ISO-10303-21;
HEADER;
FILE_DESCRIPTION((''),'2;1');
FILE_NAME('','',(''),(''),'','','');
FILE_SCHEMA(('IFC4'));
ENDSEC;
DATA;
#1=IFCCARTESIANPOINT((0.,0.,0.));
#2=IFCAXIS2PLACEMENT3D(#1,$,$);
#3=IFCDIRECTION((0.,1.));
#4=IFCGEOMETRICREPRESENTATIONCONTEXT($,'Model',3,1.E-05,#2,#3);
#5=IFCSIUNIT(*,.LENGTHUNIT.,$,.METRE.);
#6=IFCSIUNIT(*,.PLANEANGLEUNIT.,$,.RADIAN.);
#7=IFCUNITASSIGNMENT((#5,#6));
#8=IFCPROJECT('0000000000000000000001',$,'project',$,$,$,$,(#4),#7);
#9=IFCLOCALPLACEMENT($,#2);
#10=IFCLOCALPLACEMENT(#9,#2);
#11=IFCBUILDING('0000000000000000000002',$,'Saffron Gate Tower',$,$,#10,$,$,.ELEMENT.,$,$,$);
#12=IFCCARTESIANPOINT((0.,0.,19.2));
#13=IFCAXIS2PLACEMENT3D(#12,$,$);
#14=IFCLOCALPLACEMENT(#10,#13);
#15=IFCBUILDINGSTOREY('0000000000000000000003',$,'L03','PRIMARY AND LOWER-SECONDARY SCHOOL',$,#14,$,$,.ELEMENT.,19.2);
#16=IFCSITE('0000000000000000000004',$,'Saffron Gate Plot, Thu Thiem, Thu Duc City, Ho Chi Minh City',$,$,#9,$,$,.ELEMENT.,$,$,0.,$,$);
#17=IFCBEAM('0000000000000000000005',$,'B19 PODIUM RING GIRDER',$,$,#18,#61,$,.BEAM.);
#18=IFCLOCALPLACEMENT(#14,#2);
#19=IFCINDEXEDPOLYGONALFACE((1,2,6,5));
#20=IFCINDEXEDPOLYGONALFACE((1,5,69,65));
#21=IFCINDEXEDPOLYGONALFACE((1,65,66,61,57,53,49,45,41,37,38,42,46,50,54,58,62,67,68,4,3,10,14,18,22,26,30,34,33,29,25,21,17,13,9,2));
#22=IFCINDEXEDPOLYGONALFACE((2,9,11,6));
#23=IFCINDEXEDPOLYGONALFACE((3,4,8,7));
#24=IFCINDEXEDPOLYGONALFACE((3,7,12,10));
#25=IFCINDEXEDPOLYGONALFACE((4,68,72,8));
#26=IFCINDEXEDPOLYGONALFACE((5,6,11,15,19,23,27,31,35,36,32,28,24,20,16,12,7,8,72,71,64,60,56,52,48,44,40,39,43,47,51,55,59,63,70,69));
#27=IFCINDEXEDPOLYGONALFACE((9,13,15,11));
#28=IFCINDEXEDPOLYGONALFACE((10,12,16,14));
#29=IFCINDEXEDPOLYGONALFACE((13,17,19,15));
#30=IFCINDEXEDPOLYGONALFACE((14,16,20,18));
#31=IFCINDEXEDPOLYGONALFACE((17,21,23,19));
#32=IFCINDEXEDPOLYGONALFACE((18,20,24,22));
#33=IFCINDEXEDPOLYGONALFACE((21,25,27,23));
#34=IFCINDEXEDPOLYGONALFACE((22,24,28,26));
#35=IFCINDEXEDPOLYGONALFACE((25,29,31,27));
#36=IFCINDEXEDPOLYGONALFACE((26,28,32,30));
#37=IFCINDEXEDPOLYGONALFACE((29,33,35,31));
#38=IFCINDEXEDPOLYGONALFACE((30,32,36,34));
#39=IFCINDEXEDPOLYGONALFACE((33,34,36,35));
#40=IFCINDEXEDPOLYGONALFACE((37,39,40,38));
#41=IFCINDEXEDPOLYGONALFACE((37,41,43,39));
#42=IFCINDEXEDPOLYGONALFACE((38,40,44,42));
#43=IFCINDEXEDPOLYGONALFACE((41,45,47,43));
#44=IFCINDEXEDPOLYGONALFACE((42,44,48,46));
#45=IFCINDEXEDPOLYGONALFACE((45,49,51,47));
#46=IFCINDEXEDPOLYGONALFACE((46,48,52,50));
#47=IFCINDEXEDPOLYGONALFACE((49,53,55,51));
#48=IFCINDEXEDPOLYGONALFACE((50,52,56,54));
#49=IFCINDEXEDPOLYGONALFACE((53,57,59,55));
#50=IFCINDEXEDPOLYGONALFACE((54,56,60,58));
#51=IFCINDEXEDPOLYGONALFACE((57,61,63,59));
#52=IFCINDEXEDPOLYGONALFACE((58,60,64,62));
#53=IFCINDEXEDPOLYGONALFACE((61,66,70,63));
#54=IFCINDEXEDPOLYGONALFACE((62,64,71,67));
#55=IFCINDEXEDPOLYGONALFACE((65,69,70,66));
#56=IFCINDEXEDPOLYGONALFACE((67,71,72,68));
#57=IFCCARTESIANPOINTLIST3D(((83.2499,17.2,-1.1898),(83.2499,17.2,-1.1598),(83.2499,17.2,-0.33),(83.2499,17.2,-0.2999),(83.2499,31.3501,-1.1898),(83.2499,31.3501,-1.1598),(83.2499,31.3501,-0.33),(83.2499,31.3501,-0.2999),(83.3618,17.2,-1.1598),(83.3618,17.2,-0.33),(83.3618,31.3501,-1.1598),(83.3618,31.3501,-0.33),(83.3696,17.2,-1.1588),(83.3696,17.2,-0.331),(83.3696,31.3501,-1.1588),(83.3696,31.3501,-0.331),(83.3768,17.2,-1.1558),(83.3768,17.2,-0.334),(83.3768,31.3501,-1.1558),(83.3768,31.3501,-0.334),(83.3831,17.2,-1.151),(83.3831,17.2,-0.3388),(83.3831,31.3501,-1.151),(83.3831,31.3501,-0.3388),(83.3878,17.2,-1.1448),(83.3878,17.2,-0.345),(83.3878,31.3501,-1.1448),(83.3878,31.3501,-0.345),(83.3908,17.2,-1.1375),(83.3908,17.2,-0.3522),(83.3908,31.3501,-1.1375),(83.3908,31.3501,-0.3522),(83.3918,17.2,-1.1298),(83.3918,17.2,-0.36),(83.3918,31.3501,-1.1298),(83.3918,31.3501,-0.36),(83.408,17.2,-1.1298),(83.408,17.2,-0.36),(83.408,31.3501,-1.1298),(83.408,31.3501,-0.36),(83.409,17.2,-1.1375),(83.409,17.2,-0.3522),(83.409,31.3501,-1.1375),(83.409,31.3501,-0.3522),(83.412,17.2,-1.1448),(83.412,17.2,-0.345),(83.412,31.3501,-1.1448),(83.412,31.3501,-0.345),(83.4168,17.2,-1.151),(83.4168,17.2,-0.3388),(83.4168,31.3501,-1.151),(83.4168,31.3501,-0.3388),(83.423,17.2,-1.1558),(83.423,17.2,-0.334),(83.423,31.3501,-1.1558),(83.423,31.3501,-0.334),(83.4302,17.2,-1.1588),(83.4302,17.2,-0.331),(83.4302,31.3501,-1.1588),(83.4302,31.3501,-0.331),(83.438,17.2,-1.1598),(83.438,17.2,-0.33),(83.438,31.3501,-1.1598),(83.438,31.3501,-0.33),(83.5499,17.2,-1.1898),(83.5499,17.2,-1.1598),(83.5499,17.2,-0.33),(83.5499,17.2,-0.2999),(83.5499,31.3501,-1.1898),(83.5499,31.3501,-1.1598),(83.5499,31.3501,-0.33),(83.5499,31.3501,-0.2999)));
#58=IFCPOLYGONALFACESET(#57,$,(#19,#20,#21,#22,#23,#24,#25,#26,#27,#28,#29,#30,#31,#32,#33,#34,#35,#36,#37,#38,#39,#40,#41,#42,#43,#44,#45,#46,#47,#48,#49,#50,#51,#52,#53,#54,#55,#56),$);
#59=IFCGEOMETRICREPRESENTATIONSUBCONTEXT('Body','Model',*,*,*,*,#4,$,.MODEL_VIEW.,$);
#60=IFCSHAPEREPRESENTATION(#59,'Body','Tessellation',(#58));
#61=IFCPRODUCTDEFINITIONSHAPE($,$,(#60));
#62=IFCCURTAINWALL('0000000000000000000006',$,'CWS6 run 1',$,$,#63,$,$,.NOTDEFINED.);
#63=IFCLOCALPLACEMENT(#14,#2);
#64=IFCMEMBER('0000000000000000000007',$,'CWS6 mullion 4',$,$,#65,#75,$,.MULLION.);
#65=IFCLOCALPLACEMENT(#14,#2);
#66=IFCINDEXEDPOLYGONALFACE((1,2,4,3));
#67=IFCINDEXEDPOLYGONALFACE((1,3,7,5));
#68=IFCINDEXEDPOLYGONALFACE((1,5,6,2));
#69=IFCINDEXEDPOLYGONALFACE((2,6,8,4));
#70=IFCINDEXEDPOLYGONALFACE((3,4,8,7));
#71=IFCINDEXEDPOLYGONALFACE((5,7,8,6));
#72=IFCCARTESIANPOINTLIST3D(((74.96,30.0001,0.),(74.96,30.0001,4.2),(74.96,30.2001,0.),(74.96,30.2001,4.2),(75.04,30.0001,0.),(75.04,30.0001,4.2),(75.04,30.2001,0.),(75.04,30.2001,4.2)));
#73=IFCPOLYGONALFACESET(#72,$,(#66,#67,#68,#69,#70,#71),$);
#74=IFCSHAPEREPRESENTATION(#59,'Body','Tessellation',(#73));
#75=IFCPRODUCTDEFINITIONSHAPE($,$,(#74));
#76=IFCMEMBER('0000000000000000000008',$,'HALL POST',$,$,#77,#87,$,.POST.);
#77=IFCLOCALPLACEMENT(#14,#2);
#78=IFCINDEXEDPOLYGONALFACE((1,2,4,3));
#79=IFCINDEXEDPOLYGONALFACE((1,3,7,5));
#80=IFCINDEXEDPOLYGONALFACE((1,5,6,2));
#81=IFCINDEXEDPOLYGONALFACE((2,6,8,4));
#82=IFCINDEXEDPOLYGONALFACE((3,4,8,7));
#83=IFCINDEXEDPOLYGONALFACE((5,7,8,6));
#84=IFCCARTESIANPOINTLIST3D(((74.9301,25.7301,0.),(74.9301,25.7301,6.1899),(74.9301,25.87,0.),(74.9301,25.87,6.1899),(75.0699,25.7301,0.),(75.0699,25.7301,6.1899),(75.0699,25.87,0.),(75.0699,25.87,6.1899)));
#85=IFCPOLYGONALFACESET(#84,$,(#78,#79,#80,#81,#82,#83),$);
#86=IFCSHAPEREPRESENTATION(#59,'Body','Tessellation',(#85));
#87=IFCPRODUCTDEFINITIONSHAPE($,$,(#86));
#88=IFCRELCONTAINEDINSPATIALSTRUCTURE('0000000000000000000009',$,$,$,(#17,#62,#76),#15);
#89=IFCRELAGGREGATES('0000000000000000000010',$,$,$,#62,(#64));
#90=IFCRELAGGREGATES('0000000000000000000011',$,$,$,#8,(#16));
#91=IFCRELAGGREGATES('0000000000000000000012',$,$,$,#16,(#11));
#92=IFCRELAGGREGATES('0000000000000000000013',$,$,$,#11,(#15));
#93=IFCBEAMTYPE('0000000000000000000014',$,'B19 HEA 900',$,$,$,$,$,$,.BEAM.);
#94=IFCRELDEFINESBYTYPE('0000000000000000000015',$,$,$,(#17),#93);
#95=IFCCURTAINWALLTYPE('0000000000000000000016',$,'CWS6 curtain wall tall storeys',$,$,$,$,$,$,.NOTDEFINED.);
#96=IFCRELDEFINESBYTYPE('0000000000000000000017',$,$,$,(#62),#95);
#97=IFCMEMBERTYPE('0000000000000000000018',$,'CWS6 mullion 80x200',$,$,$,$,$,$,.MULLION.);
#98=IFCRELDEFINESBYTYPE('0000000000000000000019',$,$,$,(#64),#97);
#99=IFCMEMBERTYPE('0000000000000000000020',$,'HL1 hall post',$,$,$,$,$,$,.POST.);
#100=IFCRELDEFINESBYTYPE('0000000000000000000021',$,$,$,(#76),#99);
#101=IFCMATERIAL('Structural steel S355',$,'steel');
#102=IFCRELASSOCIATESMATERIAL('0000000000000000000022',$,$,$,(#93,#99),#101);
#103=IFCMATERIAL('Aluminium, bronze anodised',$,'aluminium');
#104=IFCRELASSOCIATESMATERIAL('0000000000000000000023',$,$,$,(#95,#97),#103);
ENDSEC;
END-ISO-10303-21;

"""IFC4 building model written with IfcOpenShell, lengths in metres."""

from ifc_helpers import new_model, si_unit, direction, frame, origin, origin_2d, place, context, subcontext, project, spatial, rectangle, i_section, extrude, material, material_profile, profile_set, type_object, element, aggregate, save


model = new_model("IFC4")

# Units and contexts
model_context = context("Model", 3, precision=1e-05, world=origin(), true_north=direction((0.0, 1.0)))
body_context = subcontext(model_context, "Body", "Model", "MODEL_VIEW")
ifc_project = project(units=[si_unit("LENGTHUNIT", "METRE"), si_unit("PLANEANGLEUNIT", "RADIAN")], contexts=[model_context])

# Site, building, storey
site_placement = place(None, origin())
site = spatial("IfcSite", under=ifc_project, at=site_placement, Name="Saffron Gate Plot, Thu Thiem, Thu Duc City, Ho Chi Minh City", CompositionType="ELEMENT", RefElevation=0.0)
building_placement = place(site_placement, origin())
building = spatial("IfcBuilding", under=site, at=building_placement, Name="Saffron Gate Tower", CompositionType="ELEMENT")
storey_placement = place(building_placement, frame((0.0, 0.0, 19.2)))
storey = spatial("IfcBuildingStorey", under=building, at=storey_placement, Name="L03", Description="PRIMARY AND LOWER-SECONDARY SCHOOL", CompositionType="ELEMENT", Elevation=19.2)

# Beam
ifc_material_1 = material(Name="Structural steel S355", Category="steel")
ifc_material_profile_1 = material_profile(ifc_material_1, i_section(OverallWidth=0.3, OverallDepth=0.8899, WebThickness=0.0161, FlangeThickness=0.03, FilletRadius=0.03, at=origin_2d()))
ifc_profile_set_1 = profile_set([ifc_material_profile_1], Name="Structural steel S355")
beam_type_1 = type_object("IfcBeamType", Name="B19 HEA 900", PredefinedType="BEAM", material=ifc_profile_set_1)
for number, where, z_axis, x_axis, name in (
    (1, (83.3999, 17.2, -0.7449), (0.0, 1.0, 0.0), (-1.0, 0.0, 0.0), "B19 PODIUM RING GIRDER"),
):
    element("IfcBeam", number, at=place(storey_placement, frame(where, z_axis=z_axis, x_axis=x_axis)), inside=storey, type_object=beam_type_1, Name=name, PredefinedType="BEAM", context=body_context, shape_type="SweptSolid", body=[
        extrude(i_section(OverallWidth=0.3, OverallDepth=0.8899, WebThickness=0.0161, FlangeThickness=0.03, FilletRadius=0.03, at=origin_2d()), origin(), (0.0, 0.0, 1.0), 14.1501),
    ])

# Curtain wall, member
ifc_material_2 = material(Name="Aluminium, bronze anodised", Category="aluminium")
curtain_wall_type = type_object("IfcCurtainWallType", Name="CWS6 curtain wall tall storeys", PredefinedType="NOTDEFINED", material=ifc_material_2)
curtain_wall_placement = place(storey_placement, origin())
curtain_wall = element("IfcCurtainWall", 2, at=curtain_wall_placement, inside=storey, type_object=curtain_wall_type, Name="CWS6 run 1", PredefinedType="NOTDEFINED")
ifc_material_profile_2 = material_profile(ifc_material_2, rectangle(XDim=0.2, YDim=0.0801, at=origin_2d()))
ifc_profile_set_2 = profile_set([ifc_material_profile_2], Name="Aluminium, bronze anodised")
member_type_1 = type_object("IfcMemberType", Name="CWS6 mullion 80x200", PredefinedType="MULLION", material=ifc_profile_set_2)
member_1_placement = place(storey_placement, frame((75.0, 30.1001, 0.0), z_axis=(0.0, 0.0, 1.0), x_axis=(0.0, 1.0, 0.0)))
member_1 = element("IfcMember", 3, at=member_1_placement, type_object=member_type_1, Name="CWS6 mullion 4", PredefinedType="MULLION", context=body_context, shape_type="SweptSolid", body=[
    extrude(rectangle(XDim=0.2, YDim=0.0801, at=origin_2d()), origin(), (0.0, 0.0, 1.0), 4.2),
])

# Member
ifc_material_profile_3 = material_profile(ifc_material_1, rectangle(XDim=0.1399, YDim=0.1399, at=origin_2d()))
ifc_profile_set_3 = profile_set([ifc_material_profile_3], Name="Structural steel S355")
member_type_2 = type_object("IfcMemberType", Name="HL1 hall post", PredefinedType="POST", material=ifc_profile_set_3)
member_2_placement = place(storey_placement, frame((75.0, 25.8, 0.0), z_axis=(0.0, 0.0, 1.0), x_axis=(1.0, 0.0, 0.0)))
element("IfcMember", 4, at=member_2_placement, inside=storey, type_object=member_type_2, Name="HALL POST", PredefinedType="POST", context=body_context, shape_type="SweptSolid", body=[
    extrude(rectangle(XDim=0.1399, YDim=0.1399, at=origin_2d()), origin(), (0.0, 0.0, 1.0), 6.1899),
])

aggregate(curtain_wall, [member_1])

save(model, "model.ifc")
